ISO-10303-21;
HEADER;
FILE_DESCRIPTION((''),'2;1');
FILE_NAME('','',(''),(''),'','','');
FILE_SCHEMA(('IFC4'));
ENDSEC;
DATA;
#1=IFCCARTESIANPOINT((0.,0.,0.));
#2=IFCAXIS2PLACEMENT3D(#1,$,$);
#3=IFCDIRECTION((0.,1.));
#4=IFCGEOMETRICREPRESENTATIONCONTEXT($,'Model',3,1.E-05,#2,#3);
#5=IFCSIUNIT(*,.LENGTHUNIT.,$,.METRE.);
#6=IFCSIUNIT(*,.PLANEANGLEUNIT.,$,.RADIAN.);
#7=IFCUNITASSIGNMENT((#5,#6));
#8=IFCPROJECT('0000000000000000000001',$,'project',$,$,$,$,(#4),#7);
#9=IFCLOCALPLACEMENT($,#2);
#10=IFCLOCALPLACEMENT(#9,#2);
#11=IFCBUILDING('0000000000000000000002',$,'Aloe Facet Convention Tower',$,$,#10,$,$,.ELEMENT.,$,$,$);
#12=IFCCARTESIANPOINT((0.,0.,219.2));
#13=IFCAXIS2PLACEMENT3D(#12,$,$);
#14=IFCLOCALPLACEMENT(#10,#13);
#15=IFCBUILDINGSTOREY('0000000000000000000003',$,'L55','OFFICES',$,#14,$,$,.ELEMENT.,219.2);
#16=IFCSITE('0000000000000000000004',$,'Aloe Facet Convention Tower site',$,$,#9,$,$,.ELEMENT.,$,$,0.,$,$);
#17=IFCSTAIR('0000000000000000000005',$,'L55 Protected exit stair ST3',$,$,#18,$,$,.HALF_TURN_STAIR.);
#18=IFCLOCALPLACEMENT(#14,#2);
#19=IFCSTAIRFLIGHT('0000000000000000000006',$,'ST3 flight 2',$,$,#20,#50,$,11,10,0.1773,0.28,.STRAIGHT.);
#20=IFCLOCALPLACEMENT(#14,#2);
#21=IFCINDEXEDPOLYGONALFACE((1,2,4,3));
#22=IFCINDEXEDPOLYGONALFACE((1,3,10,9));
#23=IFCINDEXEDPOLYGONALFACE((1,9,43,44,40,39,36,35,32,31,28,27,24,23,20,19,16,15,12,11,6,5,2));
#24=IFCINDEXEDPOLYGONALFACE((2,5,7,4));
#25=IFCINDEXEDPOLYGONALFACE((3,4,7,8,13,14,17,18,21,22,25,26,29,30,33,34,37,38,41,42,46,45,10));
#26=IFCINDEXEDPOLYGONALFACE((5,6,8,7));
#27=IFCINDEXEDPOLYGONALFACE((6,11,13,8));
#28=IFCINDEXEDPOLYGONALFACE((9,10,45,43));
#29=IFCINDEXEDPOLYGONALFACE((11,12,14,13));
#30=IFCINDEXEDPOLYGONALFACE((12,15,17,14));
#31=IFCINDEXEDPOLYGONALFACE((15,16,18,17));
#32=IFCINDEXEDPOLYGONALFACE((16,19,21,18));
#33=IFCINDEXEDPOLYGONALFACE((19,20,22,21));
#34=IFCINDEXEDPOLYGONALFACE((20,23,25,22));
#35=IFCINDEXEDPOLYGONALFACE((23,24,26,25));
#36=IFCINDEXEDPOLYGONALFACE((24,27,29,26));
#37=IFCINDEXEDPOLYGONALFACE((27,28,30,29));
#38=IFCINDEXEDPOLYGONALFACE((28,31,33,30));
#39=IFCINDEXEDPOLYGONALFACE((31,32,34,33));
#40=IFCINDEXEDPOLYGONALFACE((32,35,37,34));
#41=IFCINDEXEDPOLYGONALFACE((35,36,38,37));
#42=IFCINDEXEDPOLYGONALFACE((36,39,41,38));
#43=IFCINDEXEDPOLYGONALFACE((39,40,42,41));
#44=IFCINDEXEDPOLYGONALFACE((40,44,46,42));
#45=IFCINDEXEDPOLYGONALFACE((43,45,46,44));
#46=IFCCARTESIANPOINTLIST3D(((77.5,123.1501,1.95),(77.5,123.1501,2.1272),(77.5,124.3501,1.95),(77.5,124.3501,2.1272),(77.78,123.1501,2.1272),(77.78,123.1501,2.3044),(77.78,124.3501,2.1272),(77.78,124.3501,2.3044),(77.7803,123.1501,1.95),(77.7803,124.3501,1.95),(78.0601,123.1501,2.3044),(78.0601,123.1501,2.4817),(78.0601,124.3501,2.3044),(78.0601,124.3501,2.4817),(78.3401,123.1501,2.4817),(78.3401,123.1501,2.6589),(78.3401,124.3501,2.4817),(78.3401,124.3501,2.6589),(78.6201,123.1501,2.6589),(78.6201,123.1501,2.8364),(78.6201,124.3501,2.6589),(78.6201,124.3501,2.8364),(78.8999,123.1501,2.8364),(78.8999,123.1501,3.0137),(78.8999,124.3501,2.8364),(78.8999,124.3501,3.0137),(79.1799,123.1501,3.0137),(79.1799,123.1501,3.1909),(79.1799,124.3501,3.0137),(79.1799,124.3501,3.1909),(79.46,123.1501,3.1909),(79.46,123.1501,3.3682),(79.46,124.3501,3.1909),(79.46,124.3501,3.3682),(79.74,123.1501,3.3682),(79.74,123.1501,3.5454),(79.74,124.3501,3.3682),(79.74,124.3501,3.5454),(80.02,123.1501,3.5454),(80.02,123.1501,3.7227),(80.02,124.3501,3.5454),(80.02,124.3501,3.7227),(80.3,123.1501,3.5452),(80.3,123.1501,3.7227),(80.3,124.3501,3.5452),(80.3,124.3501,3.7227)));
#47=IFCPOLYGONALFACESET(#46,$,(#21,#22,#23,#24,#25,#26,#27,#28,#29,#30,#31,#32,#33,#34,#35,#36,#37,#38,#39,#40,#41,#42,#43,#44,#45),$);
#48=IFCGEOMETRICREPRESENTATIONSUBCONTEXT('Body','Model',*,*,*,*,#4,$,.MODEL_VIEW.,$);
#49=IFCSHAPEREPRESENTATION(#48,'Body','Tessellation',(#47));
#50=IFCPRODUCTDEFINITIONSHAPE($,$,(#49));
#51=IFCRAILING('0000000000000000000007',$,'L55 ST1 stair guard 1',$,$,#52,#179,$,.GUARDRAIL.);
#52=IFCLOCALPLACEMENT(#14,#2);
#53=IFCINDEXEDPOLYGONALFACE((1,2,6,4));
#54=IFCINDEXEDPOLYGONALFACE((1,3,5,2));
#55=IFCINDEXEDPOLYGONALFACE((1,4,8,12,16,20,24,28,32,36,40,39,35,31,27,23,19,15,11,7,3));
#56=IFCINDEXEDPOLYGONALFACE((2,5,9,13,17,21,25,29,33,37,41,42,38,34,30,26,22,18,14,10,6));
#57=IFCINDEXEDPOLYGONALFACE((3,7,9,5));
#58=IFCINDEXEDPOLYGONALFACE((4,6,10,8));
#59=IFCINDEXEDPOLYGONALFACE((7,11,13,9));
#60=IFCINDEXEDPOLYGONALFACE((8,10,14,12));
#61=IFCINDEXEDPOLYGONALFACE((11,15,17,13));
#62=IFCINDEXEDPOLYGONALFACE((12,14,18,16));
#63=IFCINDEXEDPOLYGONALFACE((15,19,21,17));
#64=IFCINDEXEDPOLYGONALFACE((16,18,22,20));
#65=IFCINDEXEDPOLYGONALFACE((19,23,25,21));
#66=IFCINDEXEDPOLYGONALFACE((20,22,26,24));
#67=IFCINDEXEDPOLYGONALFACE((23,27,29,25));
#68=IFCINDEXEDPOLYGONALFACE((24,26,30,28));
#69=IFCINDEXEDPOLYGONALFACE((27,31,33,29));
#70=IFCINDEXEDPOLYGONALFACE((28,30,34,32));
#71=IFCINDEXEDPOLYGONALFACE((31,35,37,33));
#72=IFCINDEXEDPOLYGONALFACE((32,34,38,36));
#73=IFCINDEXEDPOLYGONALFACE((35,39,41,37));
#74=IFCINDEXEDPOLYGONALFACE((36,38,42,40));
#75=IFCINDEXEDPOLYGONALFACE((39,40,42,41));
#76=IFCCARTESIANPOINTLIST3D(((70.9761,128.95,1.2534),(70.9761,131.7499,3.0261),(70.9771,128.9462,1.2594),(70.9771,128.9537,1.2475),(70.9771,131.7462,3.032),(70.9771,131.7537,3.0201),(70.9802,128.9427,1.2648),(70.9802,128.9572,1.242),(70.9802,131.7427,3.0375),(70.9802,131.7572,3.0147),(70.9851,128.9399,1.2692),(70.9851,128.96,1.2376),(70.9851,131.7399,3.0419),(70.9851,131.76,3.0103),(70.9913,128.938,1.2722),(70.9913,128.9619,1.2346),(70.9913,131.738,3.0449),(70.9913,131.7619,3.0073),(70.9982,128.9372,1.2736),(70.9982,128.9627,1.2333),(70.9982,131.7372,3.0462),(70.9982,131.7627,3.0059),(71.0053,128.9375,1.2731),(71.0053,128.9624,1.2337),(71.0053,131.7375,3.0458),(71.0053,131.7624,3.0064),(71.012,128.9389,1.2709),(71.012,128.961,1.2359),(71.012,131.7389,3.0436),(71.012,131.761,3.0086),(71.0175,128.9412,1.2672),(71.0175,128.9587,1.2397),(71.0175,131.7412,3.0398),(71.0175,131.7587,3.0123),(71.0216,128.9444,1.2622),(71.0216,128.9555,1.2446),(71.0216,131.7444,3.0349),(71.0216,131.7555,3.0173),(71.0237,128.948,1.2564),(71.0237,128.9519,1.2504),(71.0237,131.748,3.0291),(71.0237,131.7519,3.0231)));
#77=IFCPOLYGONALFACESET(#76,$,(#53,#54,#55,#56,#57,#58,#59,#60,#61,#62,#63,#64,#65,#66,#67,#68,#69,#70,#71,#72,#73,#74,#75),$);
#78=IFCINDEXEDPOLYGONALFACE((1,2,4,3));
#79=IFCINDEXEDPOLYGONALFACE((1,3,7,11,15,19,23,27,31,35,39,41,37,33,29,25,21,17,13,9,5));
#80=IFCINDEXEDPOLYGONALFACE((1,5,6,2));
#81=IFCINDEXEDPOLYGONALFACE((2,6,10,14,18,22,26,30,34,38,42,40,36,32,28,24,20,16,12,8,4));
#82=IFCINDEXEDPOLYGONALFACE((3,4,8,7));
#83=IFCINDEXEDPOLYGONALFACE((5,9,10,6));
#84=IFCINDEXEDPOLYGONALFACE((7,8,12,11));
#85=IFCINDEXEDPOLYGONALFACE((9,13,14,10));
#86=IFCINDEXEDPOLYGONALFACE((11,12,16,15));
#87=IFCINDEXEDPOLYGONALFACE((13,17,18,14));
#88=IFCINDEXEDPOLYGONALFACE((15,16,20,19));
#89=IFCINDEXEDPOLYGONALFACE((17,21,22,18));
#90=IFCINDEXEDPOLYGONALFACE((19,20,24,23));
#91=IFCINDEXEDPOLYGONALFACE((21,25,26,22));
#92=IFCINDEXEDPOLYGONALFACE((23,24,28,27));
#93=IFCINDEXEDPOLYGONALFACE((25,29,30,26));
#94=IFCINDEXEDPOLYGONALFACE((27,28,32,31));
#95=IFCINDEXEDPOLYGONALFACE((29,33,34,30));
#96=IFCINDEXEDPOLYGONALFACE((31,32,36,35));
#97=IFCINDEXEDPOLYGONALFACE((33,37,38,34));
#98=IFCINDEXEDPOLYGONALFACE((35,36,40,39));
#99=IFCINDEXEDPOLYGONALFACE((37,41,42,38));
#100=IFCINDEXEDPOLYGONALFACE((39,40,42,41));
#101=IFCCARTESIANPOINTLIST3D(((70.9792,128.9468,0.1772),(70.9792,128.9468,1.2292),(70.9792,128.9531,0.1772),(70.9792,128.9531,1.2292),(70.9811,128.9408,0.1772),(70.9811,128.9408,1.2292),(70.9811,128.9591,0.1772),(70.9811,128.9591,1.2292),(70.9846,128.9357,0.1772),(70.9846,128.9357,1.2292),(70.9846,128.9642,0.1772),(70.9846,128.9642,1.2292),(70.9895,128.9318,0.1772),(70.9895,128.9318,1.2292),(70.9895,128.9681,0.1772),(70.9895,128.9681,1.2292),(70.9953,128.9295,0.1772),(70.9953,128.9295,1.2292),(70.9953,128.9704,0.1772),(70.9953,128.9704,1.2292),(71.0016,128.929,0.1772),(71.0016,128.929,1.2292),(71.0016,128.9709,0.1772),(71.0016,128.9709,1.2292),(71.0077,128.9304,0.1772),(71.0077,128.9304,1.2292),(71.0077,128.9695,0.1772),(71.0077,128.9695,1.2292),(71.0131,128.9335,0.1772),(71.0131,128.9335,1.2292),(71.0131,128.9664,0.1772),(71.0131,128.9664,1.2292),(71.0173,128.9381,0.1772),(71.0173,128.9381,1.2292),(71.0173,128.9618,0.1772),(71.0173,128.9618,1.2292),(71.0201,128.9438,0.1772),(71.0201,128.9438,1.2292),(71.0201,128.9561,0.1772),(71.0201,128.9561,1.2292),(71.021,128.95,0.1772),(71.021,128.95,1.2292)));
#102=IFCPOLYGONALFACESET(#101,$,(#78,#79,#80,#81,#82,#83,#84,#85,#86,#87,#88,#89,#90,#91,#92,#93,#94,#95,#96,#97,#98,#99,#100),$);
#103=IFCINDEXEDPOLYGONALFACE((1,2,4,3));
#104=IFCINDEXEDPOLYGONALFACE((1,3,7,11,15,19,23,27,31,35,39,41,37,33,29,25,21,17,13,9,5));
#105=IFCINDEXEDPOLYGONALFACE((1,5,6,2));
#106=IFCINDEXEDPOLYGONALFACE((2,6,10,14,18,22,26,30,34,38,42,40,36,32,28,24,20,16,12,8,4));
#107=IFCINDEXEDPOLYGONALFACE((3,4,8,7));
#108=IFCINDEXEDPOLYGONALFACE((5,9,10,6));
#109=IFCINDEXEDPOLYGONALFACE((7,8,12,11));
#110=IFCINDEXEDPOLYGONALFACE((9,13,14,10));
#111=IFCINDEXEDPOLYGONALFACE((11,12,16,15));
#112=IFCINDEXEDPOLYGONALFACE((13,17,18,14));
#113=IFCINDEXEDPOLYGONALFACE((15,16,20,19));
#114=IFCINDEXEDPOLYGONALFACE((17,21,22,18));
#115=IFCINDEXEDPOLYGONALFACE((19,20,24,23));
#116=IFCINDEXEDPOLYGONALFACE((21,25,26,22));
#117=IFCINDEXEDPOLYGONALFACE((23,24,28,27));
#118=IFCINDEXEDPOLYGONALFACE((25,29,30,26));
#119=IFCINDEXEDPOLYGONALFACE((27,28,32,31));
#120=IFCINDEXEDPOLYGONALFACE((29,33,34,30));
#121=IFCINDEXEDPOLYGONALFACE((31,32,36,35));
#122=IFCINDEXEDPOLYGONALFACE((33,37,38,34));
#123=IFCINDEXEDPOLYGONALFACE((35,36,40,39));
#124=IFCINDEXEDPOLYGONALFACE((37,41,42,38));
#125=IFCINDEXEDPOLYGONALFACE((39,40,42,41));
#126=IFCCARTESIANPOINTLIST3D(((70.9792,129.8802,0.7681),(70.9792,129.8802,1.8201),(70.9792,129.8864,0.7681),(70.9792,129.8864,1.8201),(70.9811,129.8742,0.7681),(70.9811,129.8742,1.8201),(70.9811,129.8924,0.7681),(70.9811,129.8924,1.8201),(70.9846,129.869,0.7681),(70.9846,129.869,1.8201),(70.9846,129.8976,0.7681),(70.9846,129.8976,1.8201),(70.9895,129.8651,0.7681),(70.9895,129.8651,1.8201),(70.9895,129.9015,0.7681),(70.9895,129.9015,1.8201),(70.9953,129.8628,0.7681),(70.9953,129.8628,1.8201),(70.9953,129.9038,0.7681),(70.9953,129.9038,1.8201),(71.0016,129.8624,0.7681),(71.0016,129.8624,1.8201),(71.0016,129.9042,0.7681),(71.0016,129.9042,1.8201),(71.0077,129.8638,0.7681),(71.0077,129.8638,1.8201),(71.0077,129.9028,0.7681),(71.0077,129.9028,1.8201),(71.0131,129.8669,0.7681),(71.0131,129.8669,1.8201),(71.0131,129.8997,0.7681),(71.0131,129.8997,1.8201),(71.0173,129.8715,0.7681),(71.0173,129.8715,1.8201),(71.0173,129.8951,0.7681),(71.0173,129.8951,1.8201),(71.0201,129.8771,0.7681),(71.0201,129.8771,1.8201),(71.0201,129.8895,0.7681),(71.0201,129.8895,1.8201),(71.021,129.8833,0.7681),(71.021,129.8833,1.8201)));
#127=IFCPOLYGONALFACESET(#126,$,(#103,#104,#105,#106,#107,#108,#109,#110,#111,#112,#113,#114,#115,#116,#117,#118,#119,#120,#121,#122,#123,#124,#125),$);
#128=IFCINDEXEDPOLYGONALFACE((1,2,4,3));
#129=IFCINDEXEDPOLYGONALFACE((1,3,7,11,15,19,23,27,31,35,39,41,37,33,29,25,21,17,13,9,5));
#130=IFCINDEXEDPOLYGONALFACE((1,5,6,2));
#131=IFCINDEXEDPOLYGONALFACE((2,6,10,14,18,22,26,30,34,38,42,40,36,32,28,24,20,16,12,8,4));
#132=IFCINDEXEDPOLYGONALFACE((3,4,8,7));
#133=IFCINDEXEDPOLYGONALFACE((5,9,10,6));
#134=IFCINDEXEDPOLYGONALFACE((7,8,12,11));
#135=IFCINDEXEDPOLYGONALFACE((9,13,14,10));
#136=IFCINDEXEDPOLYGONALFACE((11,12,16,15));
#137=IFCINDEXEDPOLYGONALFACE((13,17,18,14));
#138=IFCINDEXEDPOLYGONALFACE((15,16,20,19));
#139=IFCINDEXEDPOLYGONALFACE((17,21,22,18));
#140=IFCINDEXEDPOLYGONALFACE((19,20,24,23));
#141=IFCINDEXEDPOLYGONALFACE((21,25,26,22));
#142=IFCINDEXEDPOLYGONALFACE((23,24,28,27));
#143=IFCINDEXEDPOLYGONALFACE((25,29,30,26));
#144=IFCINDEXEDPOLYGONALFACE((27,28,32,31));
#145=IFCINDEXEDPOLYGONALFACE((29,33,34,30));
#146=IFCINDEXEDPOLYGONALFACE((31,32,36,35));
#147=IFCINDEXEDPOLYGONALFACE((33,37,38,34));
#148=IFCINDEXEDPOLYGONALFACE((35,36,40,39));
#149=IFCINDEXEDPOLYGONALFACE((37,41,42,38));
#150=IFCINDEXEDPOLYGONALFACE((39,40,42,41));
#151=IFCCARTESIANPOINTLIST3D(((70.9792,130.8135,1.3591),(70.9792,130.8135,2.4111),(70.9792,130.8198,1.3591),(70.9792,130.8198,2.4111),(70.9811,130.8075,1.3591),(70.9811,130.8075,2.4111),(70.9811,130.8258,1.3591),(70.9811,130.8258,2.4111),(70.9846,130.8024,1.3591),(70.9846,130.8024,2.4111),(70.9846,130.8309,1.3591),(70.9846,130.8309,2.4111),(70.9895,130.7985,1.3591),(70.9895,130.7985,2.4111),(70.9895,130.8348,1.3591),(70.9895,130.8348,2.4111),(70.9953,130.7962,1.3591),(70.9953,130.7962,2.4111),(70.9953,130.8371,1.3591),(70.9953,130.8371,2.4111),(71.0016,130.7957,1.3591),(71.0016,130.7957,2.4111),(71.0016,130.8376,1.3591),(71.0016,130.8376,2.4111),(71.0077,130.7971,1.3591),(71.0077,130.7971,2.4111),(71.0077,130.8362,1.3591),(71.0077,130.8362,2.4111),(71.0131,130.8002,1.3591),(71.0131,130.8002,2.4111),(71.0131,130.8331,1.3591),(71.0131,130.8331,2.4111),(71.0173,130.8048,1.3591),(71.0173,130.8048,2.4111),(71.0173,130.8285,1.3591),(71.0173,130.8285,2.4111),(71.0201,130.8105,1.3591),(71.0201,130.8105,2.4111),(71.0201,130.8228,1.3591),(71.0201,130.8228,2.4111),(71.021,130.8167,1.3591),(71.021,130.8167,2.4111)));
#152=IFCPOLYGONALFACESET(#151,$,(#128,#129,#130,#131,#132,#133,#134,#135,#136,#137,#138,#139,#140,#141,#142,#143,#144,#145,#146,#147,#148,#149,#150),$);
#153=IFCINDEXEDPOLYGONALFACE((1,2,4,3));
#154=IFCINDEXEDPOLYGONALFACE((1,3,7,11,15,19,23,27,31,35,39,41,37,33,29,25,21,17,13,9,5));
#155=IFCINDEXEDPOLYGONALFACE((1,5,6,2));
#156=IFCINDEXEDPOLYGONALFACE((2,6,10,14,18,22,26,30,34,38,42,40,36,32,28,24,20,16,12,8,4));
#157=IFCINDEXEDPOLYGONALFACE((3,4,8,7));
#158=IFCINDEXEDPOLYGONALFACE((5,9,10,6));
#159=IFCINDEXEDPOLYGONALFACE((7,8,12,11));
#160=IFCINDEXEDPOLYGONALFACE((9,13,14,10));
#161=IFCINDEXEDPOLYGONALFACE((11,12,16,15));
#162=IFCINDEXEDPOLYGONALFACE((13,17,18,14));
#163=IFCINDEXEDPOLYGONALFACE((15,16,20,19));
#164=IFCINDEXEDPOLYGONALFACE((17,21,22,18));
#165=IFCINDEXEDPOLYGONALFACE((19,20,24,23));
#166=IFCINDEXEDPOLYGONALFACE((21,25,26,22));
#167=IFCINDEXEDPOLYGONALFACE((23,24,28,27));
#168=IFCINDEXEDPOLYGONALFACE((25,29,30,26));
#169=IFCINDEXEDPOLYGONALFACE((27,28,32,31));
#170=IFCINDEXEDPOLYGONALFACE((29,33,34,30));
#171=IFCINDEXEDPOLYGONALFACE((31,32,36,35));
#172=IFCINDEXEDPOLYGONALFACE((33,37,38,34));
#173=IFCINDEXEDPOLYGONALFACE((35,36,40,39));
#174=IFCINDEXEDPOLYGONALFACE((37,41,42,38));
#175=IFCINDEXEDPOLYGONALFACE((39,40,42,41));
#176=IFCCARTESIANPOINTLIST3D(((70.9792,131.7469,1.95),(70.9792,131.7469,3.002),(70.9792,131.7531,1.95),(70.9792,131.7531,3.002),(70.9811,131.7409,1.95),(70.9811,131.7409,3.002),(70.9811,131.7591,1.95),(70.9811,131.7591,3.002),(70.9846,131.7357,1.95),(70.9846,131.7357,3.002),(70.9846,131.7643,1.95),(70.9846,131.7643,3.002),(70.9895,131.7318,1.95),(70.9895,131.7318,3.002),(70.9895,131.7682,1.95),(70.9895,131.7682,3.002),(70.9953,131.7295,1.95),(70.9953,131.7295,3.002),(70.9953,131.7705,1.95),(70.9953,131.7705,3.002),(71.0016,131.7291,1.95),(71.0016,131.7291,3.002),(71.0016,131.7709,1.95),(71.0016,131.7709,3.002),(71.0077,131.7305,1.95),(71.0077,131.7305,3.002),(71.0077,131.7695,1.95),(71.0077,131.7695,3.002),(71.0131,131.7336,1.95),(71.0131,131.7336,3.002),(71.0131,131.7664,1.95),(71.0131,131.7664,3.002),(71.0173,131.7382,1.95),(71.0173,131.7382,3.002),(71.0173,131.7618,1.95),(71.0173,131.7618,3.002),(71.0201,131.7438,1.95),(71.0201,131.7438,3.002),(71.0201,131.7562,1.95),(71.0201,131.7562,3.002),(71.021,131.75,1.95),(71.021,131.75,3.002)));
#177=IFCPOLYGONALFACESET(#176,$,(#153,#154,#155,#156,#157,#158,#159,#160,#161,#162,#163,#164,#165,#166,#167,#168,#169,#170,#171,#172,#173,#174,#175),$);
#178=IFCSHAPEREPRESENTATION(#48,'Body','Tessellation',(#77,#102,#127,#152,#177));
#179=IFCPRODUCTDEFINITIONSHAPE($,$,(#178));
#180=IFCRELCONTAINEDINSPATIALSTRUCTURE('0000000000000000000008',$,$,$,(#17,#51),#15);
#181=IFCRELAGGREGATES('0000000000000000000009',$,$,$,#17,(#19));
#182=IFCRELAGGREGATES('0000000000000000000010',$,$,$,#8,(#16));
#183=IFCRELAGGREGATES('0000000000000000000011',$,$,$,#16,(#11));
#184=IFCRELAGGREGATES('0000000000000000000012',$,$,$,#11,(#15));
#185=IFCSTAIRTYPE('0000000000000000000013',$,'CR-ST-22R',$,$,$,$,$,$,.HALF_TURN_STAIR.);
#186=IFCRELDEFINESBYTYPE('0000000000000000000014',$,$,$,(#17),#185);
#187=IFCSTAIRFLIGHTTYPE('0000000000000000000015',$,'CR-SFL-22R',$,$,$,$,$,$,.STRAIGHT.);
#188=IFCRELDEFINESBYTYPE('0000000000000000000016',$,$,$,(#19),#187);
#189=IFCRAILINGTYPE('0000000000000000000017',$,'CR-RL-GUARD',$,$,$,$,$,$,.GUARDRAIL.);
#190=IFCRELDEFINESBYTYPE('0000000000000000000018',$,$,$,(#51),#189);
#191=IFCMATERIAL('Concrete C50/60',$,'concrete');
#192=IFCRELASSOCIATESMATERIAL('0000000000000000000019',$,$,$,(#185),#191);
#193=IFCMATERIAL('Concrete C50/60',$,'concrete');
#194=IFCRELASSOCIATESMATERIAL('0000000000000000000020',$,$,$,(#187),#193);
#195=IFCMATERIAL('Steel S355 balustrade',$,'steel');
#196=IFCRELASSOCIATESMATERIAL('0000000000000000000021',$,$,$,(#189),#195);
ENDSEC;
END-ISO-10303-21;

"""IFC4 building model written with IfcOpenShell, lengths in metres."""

from ifc_helpers import new_model, si_unit, direction, frame, origin, origin_2d, place, context, subcontext, project, spatial, polyline, circle, outline, extrude, material, type_object, element, aggregate, save


model = new_model("IFC4")

# Units and contexts
model_context = context("Model", 3, precision=1e-05, world=origin(), true_north=direction((0.0, 1.0)))
body_context = subcontext(model_context, "Body", "Model", "MODEL_VIEW")
ifc_project = project(units=[si_unit("LENGTHUNIT", "METRE"), si_unit("PLANEANGLEUNIT", "RADIAN")], contexts=[model_context])

# Site, building, storey
site_placement = place(None, origin())
site = spatial("IfcSite", under=ifc_project, at=site_placement, Name="Aloe Facet Convention Tower site", CompositionType="ELEMENT", RefElevation=0.0)
building_placement = place(site_placement, origin())
building = spatial("IfcBuilding", under=site, at=building_placement, Name="Aloe Facet Convention Tower", CompositionType="ELEMENT")
storey_placement = place(building_placement, frame((0.0, 0.0, 219.2)))
storey = spatial("IfcBuildingStorey", under=building, at=storey_placement, Name="L55", Description="OFFICES", CompositionType="ELEMENT", Elevation=219.2)

# Stair, stair flight
ifc_material_1 = material(Name="Concrete C50/60", Category="concrete")
stair_type = type_object("IfcStairType", Name="CR-ST-22R", PredefinedType="HALF_TURN_STAIR", material=ifc_material_1)
ifc_material_2 = material(Name="Concrete C50/60", Category="concrete")
stair_flight_type = type_object("IfcStairFlightType", Name="CR-SFL-22R", PredefinedType="STRAIGHT", material=ifc_material_2)
stair_1_placement = place(storey_placement, origin())
stair_1 = element("IfcStair", 1, at=stair_1_placement, inside=storey, type_object=stair_type, Name="L55 Protected exit stair ST3", PredefinedType="HALF_TURN_STAIR")
stair_flight_1_placement = place(storey_placement, frame((77.5, 123.75, 1.95), z_axis=(0.0, 0.0, 1.0), x_axis=(1.0, 0.0, 0.0)))
stair_flight_1 = element("IfcStairFlight", 2, at=stair_flight_1_placement, type_object=stair_flight_type, Name="ST3 flight 2", NumberOfRisers=11, NumberOfTreads=10, PredefinedType="STRAIGHT", RiserHeight=0.1773, TreadLength=0.28, context=body_context, shape_type="SweptSolid", body=[
    extrude(outline(polyline([(0.0, 0.0), (0.0, 0.1772), (0.28, 0.1772), (0.28, 0.3545), (0.5601, 0.3545), (0.5601, 0.5317), (0.8401, 0.5317), (0.8401, 0.709), (1.1201, 0.709), (1.1201, 0.8865), (1.3999, 0.8865), (1.3999, 1.0637), (1.6799, 1.0637), (1.6799, 1.241), (1.96, 1.241), (1.96, 1.4182), (2.24, 1.4182), (2.24, 1.5955), (2.52, 1.5955), (2.52, 1.7727), (2.8, 1.7727), (2.8, 1.95), (2.8, 1.5952), (0.2803, 0.0), (0.0, 0.0)])), frame((0.0, 0.6001, 0.0), z_axis=(0.0, -1.0, 0.0), x_axis=(1.0, 0.0, 0.0)), (0.0, 0.0, 1.0), 1.2),
])
aggregate(stair_1, [stair_flight_1])

# Railing
ifc_material_3 = material(Name="Steel S355 balustrade", Category="steel")
railing_type_1 = type_object("IfcRailingType", Name="CR-RL-GUARD", PredefinedType="GUARDRAIL", material=ifc_material_3)
railing_1_placement = place(storey_placement, frame((71.0, 128.95, 0.1772)))
element("IfcRailing", 3, at=railing_1_placement, inside=storey, type_object=railing_type_1, Name="L55 ST1 stair guard 1", PredefinedType="GUARDRAIL", context=body_context, shape_type="SweptSolid", body=[
    extrude(circle(Radius=0.0239, at=origin_2d()), frame((0.0, 0.0, 1.0762), z_axis=(0.0, 0.844909, 0.53491), x_axis=(-1.0, 0.0, 0.0)), (0.0, 0.0, 1.0), 3.314),
    extrude(circle(Radius=0.021, at=origin_2d()), origin(), (0.0, 0.0, 1.0), 1.052),
    extrude(circle(Radius=0.021, at=origin_2d()), frame((0.0, 0.9333, 0.5908)), (0.0, 0.0, 1.0), 1.052),
    extrude(circle(Radius=0.021, at=origin_2d()), frame((0.0, 1.8667, 1.1819)), (0.0, 0.0, 1.0), 1.052),
    extrude(circle(Radius=0.021, at=origin_2d()), frame((0.0, 2.8, 1.7727)), (0.0, 0.0, 1.0), 1.052),
])

save(model, "model.ifc")
